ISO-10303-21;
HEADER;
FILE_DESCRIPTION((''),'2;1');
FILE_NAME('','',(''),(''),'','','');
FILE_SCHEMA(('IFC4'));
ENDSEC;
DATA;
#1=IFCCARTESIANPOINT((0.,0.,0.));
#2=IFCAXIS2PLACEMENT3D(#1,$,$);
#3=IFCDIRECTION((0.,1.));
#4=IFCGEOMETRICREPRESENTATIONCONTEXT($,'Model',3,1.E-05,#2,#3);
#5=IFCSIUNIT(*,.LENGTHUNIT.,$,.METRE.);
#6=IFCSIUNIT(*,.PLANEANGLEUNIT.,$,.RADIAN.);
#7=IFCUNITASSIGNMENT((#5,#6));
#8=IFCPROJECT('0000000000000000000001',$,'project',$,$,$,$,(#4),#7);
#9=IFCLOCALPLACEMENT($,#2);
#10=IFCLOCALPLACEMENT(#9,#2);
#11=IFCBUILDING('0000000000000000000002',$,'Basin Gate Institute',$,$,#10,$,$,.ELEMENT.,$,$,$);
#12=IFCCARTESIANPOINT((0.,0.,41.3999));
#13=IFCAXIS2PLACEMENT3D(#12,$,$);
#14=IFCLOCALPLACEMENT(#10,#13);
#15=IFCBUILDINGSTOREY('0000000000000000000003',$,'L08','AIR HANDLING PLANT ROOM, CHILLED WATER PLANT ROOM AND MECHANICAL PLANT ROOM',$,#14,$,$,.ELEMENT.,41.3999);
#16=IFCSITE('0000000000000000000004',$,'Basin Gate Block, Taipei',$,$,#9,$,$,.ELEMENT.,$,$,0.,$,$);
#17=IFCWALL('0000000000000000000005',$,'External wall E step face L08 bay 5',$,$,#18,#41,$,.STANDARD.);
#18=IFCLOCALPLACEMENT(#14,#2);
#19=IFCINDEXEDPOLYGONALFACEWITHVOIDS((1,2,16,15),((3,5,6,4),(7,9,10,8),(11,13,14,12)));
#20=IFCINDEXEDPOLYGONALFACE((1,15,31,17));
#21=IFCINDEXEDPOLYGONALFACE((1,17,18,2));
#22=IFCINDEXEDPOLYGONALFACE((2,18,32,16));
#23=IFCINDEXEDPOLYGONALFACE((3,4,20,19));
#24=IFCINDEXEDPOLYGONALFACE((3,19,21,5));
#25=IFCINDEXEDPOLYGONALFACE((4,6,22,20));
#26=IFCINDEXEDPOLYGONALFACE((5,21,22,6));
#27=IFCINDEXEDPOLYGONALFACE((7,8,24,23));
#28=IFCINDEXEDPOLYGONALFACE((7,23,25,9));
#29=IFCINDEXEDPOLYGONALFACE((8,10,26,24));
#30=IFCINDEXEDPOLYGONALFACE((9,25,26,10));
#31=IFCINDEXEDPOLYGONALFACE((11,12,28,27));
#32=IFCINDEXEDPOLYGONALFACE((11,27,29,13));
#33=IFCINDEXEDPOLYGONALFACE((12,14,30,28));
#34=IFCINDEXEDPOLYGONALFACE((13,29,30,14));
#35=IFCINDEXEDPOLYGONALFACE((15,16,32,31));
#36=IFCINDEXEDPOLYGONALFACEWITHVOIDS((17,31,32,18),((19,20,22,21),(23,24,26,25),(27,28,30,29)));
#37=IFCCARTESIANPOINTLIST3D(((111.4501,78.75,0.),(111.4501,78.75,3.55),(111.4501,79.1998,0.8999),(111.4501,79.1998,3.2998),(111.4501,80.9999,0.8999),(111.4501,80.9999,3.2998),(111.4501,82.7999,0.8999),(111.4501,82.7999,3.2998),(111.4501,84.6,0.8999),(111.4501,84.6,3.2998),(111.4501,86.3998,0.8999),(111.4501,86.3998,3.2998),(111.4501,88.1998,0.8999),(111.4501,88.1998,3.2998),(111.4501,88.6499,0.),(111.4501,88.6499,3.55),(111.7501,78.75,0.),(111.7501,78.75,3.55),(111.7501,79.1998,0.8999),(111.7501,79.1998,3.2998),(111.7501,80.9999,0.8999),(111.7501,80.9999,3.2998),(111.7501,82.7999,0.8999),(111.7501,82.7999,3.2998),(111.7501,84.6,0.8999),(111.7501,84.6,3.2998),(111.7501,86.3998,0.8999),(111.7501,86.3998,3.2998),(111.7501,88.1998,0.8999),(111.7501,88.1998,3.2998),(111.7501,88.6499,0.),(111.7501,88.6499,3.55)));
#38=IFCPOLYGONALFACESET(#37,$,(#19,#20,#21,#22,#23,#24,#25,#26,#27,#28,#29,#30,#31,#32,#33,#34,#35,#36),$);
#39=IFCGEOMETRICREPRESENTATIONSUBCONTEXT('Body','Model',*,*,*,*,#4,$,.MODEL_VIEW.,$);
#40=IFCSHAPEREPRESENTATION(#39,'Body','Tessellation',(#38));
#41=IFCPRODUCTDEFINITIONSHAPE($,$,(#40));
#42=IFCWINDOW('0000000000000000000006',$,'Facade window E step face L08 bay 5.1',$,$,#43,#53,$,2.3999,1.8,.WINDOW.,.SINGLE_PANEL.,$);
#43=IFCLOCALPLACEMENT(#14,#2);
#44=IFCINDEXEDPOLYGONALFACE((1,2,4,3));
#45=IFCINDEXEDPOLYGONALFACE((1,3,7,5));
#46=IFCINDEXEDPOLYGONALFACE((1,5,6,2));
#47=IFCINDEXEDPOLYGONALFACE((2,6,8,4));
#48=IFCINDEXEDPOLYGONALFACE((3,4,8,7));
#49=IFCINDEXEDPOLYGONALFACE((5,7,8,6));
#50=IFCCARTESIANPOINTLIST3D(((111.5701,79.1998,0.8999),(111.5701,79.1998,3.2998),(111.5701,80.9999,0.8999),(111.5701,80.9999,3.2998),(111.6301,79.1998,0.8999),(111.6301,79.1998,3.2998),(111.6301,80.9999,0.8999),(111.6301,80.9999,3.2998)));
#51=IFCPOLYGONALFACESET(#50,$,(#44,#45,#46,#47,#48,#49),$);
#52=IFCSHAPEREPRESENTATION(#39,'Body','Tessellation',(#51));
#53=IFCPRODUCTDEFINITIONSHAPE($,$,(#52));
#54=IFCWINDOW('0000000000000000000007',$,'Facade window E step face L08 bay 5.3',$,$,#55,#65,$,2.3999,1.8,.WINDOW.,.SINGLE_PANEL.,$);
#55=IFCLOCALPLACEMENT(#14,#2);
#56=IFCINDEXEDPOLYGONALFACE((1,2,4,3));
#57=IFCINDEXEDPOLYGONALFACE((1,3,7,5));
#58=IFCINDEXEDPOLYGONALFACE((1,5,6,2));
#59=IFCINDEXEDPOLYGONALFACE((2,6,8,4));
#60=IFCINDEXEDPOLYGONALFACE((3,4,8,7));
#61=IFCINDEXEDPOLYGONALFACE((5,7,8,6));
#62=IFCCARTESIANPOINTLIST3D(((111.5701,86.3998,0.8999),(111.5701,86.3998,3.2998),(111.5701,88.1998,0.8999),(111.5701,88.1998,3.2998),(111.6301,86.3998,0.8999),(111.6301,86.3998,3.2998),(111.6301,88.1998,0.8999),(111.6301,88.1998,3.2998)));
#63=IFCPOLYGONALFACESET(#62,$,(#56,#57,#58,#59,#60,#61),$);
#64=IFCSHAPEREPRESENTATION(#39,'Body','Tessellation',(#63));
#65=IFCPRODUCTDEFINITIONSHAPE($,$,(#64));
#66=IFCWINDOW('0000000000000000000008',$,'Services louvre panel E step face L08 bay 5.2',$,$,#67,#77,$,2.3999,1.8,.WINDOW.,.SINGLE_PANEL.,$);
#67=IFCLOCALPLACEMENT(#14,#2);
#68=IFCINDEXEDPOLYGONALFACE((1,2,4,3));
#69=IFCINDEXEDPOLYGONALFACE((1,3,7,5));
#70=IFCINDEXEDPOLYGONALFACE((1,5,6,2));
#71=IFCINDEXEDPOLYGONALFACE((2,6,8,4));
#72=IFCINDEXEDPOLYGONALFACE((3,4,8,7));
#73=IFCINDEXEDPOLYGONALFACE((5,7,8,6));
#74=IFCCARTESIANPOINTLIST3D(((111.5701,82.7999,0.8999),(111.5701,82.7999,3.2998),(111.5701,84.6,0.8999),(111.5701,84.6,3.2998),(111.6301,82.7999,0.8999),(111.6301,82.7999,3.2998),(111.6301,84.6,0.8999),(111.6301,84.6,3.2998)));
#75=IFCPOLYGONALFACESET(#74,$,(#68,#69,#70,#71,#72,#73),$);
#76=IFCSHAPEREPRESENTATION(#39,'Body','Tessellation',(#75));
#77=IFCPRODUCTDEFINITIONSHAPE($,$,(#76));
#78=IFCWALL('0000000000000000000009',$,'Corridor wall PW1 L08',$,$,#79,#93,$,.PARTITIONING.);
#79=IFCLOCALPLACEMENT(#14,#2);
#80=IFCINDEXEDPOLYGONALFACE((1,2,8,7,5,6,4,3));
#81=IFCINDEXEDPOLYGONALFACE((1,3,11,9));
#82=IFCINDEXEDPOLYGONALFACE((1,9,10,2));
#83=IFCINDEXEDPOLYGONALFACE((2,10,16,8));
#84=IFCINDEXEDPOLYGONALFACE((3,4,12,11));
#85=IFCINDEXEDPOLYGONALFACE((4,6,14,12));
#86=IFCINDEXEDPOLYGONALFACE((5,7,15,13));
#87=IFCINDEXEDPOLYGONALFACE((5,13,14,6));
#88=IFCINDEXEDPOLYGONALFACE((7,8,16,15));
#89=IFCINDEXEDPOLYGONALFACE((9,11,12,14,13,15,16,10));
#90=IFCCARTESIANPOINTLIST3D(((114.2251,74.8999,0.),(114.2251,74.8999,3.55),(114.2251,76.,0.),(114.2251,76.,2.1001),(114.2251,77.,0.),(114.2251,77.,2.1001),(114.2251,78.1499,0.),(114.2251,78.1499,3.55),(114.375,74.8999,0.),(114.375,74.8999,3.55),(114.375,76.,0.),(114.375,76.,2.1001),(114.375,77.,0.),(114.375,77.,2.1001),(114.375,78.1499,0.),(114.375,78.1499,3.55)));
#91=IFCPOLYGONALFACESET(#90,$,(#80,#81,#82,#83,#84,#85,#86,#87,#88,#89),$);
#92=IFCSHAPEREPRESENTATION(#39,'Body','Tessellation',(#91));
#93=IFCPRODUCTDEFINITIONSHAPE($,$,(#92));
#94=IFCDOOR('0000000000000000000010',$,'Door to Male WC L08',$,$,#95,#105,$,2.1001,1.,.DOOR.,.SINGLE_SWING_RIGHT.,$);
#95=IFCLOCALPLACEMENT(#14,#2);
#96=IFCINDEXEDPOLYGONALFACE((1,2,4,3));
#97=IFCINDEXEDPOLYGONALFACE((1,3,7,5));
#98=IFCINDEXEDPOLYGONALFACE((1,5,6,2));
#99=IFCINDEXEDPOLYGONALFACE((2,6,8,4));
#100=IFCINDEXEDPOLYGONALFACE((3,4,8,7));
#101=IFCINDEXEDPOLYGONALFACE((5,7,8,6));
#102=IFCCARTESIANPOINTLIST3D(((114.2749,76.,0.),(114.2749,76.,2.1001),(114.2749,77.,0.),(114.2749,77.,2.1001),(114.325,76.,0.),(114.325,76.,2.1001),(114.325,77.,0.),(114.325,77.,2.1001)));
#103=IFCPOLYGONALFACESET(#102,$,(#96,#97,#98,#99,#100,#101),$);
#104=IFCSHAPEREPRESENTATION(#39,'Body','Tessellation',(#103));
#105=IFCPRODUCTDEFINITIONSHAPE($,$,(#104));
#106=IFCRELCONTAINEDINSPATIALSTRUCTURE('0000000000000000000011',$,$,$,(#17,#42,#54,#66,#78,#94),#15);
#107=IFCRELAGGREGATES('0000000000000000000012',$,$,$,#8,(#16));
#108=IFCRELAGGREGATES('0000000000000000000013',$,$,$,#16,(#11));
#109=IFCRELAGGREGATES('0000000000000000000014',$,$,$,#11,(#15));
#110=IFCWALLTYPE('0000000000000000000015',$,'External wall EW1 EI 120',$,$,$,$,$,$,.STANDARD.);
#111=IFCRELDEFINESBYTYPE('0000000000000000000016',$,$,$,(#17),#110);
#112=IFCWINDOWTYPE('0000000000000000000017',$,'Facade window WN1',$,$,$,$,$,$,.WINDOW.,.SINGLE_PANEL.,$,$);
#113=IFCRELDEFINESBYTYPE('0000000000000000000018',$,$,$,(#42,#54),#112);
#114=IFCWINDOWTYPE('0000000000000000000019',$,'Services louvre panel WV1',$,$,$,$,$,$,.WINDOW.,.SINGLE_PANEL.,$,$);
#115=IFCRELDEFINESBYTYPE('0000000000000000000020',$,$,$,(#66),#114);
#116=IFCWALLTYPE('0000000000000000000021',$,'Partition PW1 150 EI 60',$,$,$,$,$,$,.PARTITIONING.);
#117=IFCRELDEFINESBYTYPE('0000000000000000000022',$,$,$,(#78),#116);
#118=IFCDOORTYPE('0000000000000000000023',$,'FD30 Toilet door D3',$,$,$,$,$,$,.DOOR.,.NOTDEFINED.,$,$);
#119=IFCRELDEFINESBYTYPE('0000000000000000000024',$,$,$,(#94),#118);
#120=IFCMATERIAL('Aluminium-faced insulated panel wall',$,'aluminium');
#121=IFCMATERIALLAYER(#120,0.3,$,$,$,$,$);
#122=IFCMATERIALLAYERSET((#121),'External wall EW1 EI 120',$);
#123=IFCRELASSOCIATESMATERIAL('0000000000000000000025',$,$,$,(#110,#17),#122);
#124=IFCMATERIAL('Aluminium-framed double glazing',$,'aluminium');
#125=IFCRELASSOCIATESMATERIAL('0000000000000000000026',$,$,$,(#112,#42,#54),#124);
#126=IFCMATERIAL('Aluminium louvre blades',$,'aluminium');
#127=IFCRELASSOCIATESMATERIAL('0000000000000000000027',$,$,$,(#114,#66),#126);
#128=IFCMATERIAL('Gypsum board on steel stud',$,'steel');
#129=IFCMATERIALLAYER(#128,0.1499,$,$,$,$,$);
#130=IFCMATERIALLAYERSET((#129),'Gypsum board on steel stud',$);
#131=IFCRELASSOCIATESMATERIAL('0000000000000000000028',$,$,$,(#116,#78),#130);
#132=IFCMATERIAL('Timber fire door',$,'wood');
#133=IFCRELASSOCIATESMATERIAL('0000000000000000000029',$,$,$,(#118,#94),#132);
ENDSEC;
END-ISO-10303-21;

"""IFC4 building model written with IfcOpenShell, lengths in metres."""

from ifc_helpers import new_model, si_unit, direction, frame, frame_2d, origin, place, context, subcontext, project, spatial, rectangle, extrude, material, layer, layer_set, type_object, element, fill, save


model = new_model("IFC4")

# Units and contexts
model_context = context("Model", 3, precision=1e-05, world=origin(), true_north=direction((0.0, 1.0)))
body_context = subcontext(model_context, "Body", "Model", "MODEL_VIEW")
ifc_project = project(units=[si_unit("LENGTHUNIT", "METRE"), si_unit("PLANEANGLEUNIT", "RADIAN")], contexts=[model_context])

# Site, building, storey
site_placement = place(None, origin())
site = spatial("IfcSite", under=ifc_project, at=site_placement, Name="Basin Gate Block, Taipei", CompositionType="ELEMENT", RefElevation=0.0)
building_placement = place(site_placement, origin())
building = spatial("IfcBuilding", under=site, at=building_placement, Name="Basin Gate Institute", CompositionType="ELEMENT")
storey_placement = place(building_placement, frame((0.0, 0.0, 41.3999)))
storey = spatial("IfcBuildingStorey", under=building, at=storey_placement, Name="L08", Description="AIR HANDLING PLANT ROOM, CHILLED WATER PLANT ROOM AND MECHANICAL PLANT ROOM", CompositionType="ELEMENT", Elevation=41.3999)

# Shared definitions
ifc_material_1 = material(Name="Aluminium-faced insulated panel wall", Category="aluminium")
ifc_layer_1 = layer(ifc_material_1, 0.3)
ifc_layer_set_1 = layer_set([ifc_layer_1], Name="External wall EW1 EI 120")
wall_type_1 = type_object("IfcWallType", Name="External wall EW1 EI 120", PredefinedType="STANDARD", material=ifc_layer_set_1)

# Wall, openings, windows
ifc_material_2 = material(Name="Aluminium-framed double glazing", Category="aluminium")
window_type_1 = type_object("IfcWindowType", Name="Facade window WN1", PartitioningType="SINGLE_PANEL", PredefinedType="WINDOW", material=ifc_material_2)
wall_1_placement = place(storey_placement, frame((111.6001, 78.75, 0.0), z_axis=(0.0, 0.0, 1.0), x_axis=(0.0, 1.0, 0.0)))
wall_1 = element("IfcWall", 1, at=wall_1_placement, inside=storey, type_object=wall_type_1, material=ifc_layer_set_1, Name="External wall E step face L08 bay 5", PredefinedType="STANDARD", context=body_context, shape_type="SweptSolid", body=[
    extrude(rectangle(XDim=9.8999, YDim=0.3, at=frame_2d((4.95, 0.0))), origin(), (0.0, 0.0, 1.0), 3.55),
])
opening_1_placement = place(wall_1_placement, frame((0.45, 0.0, 0.8999)))
opening_1 = element("IfcOpeningElement", 2, at=opening_1_placement, cuts=wall_1, PredefinedType="OPENING", context=body_context, shape_type="SweptSolid", body=[
    extrude(rectangle(XDim=1.8, YDim=2.3999, at=frame_2d((0.8999, 1.2))), frame((0.0, 0.1602, 0.0), z_axis=(0.0, -1.0, 0.0), x_axis=(1.0, 0.0, 0.0)), (0.0, 0.0, 1.0), 0.3201),
])
opening_2_placement = place(wall_1_placement, frame((4.05, 0.0, 0.8999)))
opening_2 = element("IfcOpeningElement", 3, at=opening_2_placement, cuts=wall_1, PredefinedType="OPENING", context=body_context, shape_type="SweptSolid", body=[
    extrude(rectangle(XDim=1.8, YDim=2.3999, at=frame_2d((0.8999, 1.2))), frame((0.0, 0.1602, 0.0), z_axis=(0.0, -1.0, 0.0), x_axis=(1.0, 0.0, 0.0)), (0.0, 0.0, 1.0), 0.3201),
])
opening_3_placement = place(wall_1_placement, frame((7.6499, 0.0, 0.8999)))
opening_3 = element("IfcOpeningElement", 4, at=opening_3_placement, cuts=wall_1, PredefinedType="OPENING", context=body_context, shape_type="SweptSolid", body=[
    extrude(rectangle(XDim=1.8, YDim=2.3999, at=frame_2d((0.8999, 1.2))), frame((0.0, 0.1602, 0.0), z_axis=(0.0, -1.0, 0.0), x_axis=(1.0, 0.0, 0.0)), (0.0, 0.0, 1.0), 0.3201),
])
window_1_placement = place(opening_1_placement, origin())
window_1 = element("IfcWindow", 5, at=window_1_placement, inside=storey, type_object=window_type_1, material=ifc_material_2, Name="Facade window E step face L08 bay 5.1", OverallHeight=2.3999, OverallWidth=1.8, PartitioningType="SINGLE_PANEL", PredefinedType="WINDOW", context=body_context, shape_type="SweptSolid", body=[
    extrude(rectangle(XDim=1.8, YDim=2.3999, at=frame_2d((0.8999, 1.2))), frame((0.0, 0.03, 0.0), z_axis=(0.0, -1.0, 0.0), x_axis=(1.0, 0.0, 0.0)), (0.0, 0.0, 1.0), 0.0601),
])
fill(opening_1, window_1)
window_2_placement = place(opening_3_placement, origin())
window_2 = element("IfcWindow", 6, at=window_2_placement, inside=storey, type_object=window_type_1, material=ifc_material_2, Name="Facade window E step face L08 bay 5.3", OverallHeight=2.3999, OverallWidth=1.8, PartitioningType="SINGLE_PANEL", PredefinedType="WINDOW", context=body_context, shape_type="SweptSolid", body=[
    extrude(rectangle(XDim=1.8, YDim=2.3999, at=frame_2d((0.8999, 1.2))), frame((0.0, 0.03, 0.0), z_axis=(0.0, -1.0, 0.0), x_axis=(1.0, 0.0, 0.0)), (0.0, 0.0, 1.0), 0.0601),
])
fill(opening_3, window_2)
ifc_material_3 = material(Name="Aluminium louvre blades", Category="aluminium")
window_type_2 = type_object("IfcWindowType", Name="Services louvre panel WV1", PartitioningType="SINGLE_PANEL", PredefinedType="WINDOW", material=ifc_material_3)
window_3_placement = place(opening_2_placement, origin())
window_3 = element("IfcWindow", 7, at=window_3_placement, inside=storey, type_object=window_type_2, material=ifc_material_3, Name="Services louvre panel E step face L08 bay 5.2", OverallHeight=2.3999, OverallWidth=1.8, PartitioningType="SINGLE_PANEL", PredefinedType="WINDOW", context=body_context, shape_type="SweptSolid", body=[
    extrude(rectangle(XDim=1.8, YDim=2.3999, at=frame_2d((0.8999, 1.2))), frame((0.0, 0.03, 0.0), z_axis=(0.0, -1.0, 0.0), x_axis=(1.0, 0.0, 0.0)), (0.0, 0.0, 1.0), 0.0601),
])
fill(opening_2, window_3)

# Wall, opening, door
ifc_material_4 = material(Name="Gypsum board on steel stud", Category="steel")
ifc_layer_2 = layer(ifc_material_4, 0.1499)
ifc_layer_set_2 = layer_set([ifc_layer_2], Name="Gypsum board on steel stud")
wall_type_2 = type_object("IfcWallType", Name="Partition PW1 150 EI 60", PredefinedType="PARTITIONING", material=ifc_layer_set_2)
wall_2_placement = place(storey_placement, frame((114.3, 74.8999, 0.0), z_axis=(0.0, 0.0, 1.0), x_axis=(0.0, 1.0, 0.0)))
wall_2 = element("IfcWall", 8, at=wall_2_placement, inside=storey, type_object=wall_type_2, material=ifc_layer_set_2, Name="Corridor wall PW1 L08", PredefinedType="PARTITIONING", context=body_context, shape_type="SweptSolid", body=[
    extrude(rectangle(XDim=3.25, YDim=0.1499, at=frame_2d((1.625, 0.0))), origin(), (0.0, 0.0, 1.0), 3.55),
])
opening_4_placement = place(wall_2_placement, frame((1.1001, 0.0, 0.0)))
opening_4 = element("IfcOpeningElement", 9, at=opening_4_placement, cuts=wall_2, PredefinedType="OPENING", context=body_context, shape_type="SweptSolid", body=[
    extrude(rectangle(XDim=1.0, YDim=2.1001, at=frame_2d((0.5, 1.05))), frame((0.0, 0.085, 0.0), z_axis=(0.0, -1.0, 0.0), x_axis=(1.0, 0.0, 0.0)), (0.0, 0.0, 1.0), 0.1699),
])
ifc_material_5 = material(Name="Timber fire door", Category="wood")
door_type_1 = type_object("IfcDoorType", Name="FD30 Toilet door D3", OperationType="NOTDEFINED", PredefinedType="DOOR", material=ifc_material_5)
door_1_placement = place(opening_4_placement, frame((1.0, 0.0, 0.0), z_axis=(0.0, 0.0, 1.0), x_axis=(-1.0, 0.0, 0.0)))
door_1 = element("IfcDoor", 10, at=door_1_placement, inside=storey, type_object=door_type_1, material=ifc_material_5, Name="Door to Male WC L08", OperationType="SINGLE_SWING_RIGHT", OverallHeight=2.1001, OverallWidth=1.0, PredefinedType="DOOR", context=body_context, shape_type="SweptSolid", body=[
    extrude(rectangle(XDim=1.0, YDim=2.1001, at=frame_2d((0.5, 1.05))), frame((0.0, 0.0249, 0.0), z_axis=(0.0, -1.0, 0.0), x_axis=(1.0, 0.0, 0.0)), (0.0, 0.0, 1.0), 0.05),
])
fill(opening_4, door_1)

save(model, "model.ifc")
